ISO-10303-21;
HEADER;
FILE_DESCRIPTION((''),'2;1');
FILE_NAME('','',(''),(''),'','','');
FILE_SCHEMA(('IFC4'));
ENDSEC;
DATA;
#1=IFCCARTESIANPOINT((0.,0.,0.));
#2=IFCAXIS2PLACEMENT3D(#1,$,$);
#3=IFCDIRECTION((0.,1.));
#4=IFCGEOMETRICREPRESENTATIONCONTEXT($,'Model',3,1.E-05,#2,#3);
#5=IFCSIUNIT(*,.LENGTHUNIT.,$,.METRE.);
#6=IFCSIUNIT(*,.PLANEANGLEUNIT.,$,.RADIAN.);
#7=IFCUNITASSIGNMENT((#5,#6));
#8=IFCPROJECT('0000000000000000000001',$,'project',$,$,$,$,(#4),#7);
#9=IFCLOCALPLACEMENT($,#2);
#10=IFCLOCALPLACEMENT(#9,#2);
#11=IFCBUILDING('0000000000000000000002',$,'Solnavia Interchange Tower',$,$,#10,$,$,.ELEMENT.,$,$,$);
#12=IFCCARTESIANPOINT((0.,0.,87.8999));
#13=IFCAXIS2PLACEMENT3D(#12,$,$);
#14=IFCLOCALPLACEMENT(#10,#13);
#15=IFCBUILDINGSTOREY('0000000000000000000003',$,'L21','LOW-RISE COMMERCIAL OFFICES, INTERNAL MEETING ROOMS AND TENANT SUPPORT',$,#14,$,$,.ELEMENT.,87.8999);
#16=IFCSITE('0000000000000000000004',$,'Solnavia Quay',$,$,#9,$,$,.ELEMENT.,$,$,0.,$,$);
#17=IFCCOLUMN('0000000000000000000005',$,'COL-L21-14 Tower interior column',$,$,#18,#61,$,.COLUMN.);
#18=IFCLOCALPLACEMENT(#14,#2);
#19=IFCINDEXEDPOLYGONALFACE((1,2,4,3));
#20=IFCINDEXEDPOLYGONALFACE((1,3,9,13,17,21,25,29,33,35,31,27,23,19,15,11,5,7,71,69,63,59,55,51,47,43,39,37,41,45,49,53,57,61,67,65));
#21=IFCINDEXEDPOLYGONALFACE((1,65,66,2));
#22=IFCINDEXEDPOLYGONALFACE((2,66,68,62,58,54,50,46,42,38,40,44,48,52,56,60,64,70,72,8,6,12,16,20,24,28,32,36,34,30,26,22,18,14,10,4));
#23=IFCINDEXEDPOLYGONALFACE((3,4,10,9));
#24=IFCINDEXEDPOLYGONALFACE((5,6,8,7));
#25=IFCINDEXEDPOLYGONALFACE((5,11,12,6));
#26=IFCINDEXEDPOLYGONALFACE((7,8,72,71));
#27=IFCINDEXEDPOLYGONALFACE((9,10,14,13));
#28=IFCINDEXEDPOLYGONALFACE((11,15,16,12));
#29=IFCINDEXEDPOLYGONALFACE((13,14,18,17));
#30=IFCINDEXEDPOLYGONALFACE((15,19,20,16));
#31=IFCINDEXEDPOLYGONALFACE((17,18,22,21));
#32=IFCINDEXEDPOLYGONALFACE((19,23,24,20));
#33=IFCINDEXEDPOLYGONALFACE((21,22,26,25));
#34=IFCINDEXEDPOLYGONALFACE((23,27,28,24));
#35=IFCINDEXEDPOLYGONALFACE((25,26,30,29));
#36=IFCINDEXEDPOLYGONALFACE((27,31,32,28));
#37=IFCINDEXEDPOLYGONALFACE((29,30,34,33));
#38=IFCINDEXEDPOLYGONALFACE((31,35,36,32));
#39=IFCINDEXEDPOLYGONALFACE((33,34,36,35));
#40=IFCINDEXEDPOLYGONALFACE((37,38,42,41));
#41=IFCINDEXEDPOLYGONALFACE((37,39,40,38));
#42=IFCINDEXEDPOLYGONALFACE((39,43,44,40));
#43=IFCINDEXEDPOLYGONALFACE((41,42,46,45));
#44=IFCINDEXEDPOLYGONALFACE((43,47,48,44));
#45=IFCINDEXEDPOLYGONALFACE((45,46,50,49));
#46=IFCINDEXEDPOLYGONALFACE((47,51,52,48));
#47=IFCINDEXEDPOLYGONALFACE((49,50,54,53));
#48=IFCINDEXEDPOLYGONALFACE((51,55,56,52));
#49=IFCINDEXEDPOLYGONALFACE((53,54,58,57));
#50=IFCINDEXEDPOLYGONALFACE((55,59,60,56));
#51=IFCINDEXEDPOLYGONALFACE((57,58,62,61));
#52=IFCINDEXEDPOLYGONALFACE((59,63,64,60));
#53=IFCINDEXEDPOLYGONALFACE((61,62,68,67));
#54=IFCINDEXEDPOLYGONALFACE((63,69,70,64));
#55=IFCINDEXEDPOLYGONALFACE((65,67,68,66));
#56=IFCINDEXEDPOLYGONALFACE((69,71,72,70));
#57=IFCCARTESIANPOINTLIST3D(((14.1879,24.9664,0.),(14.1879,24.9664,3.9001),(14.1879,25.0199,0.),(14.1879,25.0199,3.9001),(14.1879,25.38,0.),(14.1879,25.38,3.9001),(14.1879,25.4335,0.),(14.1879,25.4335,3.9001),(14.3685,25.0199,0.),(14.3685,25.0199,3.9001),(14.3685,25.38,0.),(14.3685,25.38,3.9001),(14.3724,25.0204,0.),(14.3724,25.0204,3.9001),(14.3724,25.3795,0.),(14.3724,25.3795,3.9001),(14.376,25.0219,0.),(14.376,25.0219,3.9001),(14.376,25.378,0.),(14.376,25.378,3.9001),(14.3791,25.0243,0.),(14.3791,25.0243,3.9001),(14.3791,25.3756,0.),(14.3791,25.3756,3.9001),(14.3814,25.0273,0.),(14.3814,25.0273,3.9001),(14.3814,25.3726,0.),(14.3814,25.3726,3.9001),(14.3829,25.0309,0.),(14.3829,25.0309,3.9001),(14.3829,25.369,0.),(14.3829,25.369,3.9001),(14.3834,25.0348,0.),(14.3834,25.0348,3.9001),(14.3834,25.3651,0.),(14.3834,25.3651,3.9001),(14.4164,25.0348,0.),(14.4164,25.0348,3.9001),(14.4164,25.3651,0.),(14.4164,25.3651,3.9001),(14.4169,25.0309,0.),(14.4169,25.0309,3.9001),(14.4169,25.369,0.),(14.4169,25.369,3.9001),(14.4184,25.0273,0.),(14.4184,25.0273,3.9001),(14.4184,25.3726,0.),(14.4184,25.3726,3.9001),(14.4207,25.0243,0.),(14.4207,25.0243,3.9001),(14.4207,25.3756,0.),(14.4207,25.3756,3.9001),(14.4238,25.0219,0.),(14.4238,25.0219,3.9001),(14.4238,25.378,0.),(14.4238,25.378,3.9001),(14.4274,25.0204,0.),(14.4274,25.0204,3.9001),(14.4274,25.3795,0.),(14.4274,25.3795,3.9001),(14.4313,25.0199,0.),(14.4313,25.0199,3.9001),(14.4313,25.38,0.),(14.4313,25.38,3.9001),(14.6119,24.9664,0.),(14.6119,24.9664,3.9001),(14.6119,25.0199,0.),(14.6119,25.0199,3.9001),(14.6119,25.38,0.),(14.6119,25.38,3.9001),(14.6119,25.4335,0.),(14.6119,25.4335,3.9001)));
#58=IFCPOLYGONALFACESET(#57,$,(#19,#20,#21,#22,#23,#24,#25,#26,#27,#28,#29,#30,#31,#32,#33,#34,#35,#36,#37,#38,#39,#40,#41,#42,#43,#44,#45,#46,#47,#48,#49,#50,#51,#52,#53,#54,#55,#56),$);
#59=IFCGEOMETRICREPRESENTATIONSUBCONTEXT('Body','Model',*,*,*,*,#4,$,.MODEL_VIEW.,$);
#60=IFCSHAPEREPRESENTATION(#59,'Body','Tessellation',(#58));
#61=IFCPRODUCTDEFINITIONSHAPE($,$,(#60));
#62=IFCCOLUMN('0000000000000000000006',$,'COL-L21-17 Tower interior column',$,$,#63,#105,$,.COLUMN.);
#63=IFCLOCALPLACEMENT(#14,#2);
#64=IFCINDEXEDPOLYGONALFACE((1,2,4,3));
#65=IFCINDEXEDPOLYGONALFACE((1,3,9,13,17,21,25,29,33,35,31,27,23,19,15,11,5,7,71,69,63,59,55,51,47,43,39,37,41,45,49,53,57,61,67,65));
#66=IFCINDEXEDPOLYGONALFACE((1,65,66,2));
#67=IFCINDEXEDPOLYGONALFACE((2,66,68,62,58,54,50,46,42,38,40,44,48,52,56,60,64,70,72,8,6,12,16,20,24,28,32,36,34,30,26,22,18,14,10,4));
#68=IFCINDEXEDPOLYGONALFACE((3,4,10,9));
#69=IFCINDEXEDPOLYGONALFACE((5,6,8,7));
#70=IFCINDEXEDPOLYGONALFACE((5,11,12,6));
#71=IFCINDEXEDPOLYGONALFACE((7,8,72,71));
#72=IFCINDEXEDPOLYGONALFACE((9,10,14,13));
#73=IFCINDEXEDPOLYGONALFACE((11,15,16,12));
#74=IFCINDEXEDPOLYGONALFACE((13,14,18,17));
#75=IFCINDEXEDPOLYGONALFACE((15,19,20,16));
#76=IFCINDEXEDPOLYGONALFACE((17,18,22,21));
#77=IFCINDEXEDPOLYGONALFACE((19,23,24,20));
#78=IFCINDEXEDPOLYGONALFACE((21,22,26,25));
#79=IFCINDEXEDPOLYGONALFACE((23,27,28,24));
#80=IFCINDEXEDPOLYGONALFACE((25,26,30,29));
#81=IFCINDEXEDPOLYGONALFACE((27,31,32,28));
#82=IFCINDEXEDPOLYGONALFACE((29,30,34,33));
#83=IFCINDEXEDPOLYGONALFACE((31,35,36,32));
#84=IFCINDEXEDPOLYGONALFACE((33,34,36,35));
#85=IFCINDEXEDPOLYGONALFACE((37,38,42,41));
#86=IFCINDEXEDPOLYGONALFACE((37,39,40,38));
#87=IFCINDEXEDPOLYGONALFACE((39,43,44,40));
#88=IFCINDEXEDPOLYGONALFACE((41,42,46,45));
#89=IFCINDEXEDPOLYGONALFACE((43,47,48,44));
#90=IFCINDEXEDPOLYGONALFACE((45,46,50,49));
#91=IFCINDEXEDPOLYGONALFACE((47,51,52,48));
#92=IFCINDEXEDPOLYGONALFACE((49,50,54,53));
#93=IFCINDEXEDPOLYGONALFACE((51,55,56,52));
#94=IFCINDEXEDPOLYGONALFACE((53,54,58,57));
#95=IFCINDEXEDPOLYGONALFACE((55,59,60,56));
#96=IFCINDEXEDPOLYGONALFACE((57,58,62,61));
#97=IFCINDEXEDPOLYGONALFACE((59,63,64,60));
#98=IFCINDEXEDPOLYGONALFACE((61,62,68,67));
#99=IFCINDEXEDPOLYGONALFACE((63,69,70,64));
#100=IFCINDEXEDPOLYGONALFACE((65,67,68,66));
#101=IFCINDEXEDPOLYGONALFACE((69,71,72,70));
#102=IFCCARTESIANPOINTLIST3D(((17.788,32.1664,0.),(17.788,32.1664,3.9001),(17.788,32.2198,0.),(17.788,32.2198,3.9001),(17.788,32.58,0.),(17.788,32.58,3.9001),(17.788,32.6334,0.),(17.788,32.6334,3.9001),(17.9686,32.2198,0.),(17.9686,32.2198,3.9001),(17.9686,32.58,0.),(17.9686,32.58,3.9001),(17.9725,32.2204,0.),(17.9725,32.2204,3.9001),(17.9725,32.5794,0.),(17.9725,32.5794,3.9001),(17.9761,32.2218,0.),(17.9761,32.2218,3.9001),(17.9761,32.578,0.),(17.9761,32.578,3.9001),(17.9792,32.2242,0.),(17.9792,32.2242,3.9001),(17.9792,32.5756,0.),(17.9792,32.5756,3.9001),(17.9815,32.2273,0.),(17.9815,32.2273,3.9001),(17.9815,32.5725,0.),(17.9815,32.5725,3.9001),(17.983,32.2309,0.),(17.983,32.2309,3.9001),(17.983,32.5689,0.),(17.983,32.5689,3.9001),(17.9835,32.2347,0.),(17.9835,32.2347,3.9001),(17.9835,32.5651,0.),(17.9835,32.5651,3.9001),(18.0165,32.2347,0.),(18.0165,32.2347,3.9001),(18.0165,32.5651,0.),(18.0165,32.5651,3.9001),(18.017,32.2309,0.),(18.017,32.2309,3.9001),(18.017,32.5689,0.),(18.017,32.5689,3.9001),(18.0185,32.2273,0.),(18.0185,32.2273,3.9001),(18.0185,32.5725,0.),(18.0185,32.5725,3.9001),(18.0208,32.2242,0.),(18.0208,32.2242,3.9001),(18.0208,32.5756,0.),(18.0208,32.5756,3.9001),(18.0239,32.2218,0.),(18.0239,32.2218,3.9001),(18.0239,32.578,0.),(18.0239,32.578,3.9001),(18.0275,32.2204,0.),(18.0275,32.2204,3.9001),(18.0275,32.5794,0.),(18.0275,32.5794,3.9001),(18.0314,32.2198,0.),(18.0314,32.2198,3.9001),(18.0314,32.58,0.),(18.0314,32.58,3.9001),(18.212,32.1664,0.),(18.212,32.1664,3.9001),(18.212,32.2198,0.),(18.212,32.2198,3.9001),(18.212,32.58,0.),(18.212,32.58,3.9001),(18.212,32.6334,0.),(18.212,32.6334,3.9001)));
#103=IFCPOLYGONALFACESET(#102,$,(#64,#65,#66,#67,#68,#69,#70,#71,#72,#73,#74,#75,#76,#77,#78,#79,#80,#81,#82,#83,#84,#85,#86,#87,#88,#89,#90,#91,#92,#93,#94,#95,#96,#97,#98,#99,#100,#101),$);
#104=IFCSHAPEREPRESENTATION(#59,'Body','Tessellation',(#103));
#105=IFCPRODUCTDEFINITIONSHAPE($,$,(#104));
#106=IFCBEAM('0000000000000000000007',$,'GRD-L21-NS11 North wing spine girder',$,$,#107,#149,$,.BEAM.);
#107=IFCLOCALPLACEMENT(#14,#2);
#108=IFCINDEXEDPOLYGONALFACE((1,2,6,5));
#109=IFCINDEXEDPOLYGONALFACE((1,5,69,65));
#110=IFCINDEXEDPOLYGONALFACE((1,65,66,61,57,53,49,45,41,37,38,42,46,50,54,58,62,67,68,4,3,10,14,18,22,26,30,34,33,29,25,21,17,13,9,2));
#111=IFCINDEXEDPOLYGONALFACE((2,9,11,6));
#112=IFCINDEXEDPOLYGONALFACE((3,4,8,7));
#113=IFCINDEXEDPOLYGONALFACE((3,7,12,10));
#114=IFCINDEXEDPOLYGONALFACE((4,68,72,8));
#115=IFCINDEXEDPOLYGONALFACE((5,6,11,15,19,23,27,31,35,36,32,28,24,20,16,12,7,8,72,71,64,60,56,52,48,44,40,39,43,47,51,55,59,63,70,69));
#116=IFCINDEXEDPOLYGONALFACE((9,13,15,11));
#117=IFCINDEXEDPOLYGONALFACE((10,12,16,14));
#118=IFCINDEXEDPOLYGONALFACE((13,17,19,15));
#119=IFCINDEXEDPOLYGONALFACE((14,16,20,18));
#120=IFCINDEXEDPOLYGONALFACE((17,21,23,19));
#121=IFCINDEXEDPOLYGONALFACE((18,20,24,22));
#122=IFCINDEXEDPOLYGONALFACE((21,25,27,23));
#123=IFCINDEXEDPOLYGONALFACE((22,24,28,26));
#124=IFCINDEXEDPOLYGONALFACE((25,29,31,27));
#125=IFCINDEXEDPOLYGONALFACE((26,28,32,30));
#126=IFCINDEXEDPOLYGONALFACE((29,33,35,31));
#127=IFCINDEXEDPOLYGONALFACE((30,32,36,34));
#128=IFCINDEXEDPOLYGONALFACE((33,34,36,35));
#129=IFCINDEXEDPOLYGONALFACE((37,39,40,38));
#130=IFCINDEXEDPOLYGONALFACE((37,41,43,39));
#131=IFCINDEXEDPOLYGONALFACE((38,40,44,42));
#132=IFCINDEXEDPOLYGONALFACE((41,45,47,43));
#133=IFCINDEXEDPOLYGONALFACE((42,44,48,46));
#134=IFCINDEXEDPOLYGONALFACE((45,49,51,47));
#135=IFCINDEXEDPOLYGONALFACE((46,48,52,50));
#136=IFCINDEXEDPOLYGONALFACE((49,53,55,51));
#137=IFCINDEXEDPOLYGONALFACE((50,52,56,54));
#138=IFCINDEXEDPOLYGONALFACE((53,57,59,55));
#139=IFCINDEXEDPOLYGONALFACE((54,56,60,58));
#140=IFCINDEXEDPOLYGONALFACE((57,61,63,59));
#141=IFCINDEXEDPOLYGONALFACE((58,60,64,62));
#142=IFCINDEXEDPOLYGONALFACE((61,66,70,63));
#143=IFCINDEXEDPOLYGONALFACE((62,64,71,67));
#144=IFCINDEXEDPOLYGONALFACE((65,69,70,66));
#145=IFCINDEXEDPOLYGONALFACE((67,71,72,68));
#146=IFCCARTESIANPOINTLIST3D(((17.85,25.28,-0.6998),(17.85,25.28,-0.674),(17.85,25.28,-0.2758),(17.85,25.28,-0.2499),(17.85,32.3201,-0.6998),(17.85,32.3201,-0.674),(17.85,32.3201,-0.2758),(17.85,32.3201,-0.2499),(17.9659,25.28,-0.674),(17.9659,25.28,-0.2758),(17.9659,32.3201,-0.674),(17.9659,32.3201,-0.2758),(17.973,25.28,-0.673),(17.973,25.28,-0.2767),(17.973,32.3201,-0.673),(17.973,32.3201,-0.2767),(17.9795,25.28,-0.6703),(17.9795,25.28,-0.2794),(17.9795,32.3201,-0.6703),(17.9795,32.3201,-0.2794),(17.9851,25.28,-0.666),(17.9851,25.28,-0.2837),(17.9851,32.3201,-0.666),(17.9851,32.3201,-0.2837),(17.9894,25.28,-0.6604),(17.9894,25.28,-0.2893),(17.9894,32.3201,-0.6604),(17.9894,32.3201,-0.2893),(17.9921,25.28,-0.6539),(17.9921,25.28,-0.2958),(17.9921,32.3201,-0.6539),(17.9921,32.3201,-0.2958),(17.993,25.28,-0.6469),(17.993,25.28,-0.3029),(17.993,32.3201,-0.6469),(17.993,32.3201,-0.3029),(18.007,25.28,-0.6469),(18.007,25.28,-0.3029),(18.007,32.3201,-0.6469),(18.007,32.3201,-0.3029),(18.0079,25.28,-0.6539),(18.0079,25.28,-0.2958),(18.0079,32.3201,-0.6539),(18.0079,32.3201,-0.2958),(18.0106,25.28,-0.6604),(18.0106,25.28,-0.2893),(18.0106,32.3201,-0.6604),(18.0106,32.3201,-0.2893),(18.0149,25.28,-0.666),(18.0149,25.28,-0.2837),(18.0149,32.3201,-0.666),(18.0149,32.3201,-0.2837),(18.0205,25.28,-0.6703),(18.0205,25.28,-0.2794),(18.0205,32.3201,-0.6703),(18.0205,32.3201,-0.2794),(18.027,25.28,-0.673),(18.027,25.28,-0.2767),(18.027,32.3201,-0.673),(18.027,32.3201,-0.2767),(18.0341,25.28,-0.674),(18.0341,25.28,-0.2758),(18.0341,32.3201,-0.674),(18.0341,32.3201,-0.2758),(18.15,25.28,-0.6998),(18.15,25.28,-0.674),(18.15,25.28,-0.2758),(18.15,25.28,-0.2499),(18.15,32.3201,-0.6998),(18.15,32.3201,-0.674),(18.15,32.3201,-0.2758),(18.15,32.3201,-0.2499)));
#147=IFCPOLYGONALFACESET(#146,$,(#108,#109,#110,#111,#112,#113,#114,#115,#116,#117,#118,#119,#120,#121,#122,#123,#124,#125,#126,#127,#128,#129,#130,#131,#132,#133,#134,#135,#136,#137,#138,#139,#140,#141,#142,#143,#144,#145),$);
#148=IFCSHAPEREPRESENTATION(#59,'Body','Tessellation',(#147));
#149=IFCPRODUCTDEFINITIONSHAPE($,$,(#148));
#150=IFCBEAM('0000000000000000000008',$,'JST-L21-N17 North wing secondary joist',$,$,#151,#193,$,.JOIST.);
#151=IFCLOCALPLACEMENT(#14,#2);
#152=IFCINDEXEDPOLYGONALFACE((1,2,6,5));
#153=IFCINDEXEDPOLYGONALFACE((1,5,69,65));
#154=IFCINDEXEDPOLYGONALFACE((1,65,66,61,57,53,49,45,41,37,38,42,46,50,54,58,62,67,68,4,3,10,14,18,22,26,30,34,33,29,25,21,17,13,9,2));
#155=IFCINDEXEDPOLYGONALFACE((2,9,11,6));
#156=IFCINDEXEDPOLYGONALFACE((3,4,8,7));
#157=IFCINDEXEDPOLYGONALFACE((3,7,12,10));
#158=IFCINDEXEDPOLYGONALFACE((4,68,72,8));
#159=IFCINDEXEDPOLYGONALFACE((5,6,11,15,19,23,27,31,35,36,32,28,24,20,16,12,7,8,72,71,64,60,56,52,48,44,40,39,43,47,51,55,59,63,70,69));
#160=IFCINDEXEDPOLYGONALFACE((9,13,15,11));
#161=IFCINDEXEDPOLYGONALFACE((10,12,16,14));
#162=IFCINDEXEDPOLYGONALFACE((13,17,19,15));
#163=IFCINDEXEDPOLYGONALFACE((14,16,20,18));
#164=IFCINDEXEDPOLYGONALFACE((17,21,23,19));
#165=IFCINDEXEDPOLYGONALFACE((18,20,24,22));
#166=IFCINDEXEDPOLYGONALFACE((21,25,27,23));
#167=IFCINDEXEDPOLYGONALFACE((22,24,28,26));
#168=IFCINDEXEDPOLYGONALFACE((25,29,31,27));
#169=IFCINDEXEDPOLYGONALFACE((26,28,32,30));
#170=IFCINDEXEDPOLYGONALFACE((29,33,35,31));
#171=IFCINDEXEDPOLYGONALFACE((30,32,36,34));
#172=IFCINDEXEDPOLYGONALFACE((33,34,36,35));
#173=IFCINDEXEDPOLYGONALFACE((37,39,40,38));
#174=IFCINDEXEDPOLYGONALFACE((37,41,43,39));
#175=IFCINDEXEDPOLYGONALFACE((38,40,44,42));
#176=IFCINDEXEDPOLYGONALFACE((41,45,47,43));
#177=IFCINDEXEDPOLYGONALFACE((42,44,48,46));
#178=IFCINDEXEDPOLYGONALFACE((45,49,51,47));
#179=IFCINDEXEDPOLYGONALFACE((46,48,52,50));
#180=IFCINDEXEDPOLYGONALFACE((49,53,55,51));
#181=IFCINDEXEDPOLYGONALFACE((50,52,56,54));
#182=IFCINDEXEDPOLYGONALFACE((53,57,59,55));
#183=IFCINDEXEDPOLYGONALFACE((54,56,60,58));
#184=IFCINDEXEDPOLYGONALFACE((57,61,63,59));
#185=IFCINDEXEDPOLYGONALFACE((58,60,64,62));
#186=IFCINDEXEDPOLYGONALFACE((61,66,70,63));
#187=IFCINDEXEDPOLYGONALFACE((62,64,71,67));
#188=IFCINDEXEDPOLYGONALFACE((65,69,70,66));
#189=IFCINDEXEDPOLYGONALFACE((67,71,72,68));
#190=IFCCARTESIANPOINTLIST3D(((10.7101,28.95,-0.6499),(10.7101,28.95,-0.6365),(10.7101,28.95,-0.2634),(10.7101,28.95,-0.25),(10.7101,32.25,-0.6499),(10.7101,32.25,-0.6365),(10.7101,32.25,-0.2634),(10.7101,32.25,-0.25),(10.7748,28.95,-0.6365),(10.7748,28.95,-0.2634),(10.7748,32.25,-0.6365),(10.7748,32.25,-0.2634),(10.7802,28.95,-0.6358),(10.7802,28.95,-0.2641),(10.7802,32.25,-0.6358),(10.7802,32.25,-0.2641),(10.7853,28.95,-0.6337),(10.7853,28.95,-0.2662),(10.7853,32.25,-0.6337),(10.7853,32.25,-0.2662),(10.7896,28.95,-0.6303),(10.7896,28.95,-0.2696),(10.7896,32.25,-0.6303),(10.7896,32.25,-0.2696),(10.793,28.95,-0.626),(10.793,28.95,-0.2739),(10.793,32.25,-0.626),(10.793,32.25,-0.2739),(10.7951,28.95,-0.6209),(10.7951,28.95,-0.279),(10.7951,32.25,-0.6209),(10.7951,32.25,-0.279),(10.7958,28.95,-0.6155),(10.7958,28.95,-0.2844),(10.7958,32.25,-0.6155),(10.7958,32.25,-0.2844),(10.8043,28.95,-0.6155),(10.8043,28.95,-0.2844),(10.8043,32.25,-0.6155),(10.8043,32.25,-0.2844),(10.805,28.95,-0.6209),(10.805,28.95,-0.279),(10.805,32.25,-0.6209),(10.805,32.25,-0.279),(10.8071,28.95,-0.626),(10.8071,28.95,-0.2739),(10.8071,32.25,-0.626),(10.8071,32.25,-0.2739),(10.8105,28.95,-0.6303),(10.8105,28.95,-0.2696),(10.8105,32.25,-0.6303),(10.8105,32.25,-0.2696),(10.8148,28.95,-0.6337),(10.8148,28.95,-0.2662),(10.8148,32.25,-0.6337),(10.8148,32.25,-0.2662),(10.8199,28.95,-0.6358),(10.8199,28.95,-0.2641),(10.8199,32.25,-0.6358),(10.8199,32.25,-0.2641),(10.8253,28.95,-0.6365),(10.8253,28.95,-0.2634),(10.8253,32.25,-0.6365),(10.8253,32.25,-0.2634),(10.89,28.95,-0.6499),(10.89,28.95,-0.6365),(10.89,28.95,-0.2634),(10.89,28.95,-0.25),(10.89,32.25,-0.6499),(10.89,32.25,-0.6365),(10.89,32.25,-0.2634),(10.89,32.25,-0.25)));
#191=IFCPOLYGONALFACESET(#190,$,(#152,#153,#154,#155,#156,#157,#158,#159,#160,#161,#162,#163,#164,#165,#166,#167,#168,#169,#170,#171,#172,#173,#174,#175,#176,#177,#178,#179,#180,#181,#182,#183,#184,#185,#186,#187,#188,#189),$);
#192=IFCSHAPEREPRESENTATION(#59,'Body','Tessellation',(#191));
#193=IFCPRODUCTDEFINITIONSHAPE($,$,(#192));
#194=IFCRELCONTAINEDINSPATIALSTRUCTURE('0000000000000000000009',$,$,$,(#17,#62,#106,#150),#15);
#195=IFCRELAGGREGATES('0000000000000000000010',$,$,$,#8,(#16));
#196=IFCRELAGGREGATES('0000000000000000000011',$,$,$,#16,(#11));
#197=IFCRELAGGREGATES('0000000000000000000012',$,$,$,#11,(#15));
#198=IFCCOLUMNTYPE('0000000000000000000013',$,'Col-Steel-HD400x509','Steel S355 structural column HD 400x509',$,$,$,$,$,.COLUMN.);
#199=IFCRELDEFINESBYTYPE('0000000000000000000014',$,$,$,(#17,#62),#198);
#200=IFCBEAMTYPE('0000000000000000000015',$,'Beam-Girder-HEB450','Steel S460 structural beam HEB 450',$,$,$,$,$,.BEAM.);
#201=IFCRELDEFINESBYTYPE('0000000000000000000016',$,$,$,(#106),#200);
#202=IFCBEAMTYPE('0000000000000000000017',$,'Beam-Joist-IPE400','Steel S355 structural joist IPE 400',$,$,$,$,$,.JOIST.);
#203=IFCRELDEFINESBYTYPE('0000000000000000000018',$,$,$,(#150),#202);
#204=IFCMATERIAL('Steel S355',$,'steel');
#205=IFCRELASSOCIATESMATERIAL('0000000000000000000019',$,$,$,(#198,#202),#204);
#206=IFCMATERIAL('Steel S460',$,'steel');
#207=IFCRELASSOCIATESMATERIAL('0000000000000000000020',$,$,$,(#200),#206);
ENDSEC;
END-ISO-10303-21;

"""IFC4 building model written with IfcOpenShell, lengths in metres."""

from ifc_helpers import new_model, si_unit, direction, frame, origin, origin_2d, place, context, subcontext, project, spatial, i_section, extrude, material, material_profile, profile_set, type_object, element, save


model = new_model("IFC4")

# Units and contexts
model_context = context("Model", 3, precision=1e-05, world=origin(), true_north=direction((0.0, 1.0)))
body_context = subcontext(model_context, "Body", "Model", "MODEL_VIEW")
ifc_project = project(units=[si_unit("LENGTHUNIT", "METRE"), si_unit("PLANEANGLEUNIT", "RADIAN")], contexts=[model_context])

# Site, building, storey
site_placement = place(None, origin())
site = spatial("IfcSite", under=ifc_project, at=site_placement, Name="Solnavia Quay", CompositionType="ELEMENT", RefElevation=0.0)
building_placement = place(site_placement, origin())
building = spatial("IfcBuilding", under=site, at=building_placement, Name="Solnavia Interchange Tower", CompositionType="ELEMENT")
storey_placement = place(building_placement, frame((0.0, 0.0, 87.8999)))
storey = spatial("IfcBuildingStorey", under=building, at=storey_placement, Name="L21", Description="LOW-RISE COMMERCIAL OFFICES, INTERNAL MEETING ROOMS AND TENANT SUPPORT", CompositionType="ELEMENT", Elevation=87.8999)

# Columns
ifc_material_1 = material(Name="Steel S355", Category="steel")
ifc_material_profile_1 = material_profile(ifc_material_1, i_section(OverallWidth=0.4241, OverallDepth=0.467, WebThickness=0.033, FlangeThickness=0.0535, FilletRadius=0.0149, at=origin_2d()), Name="HD 400x509")
ifc_profile_set_1 = profile_set([ifc_material_profile_1], Name="Steel S355")
column_type = type_object("IfcColumnType", Name="Col-Steel-HD400x509", Description="Steel S355 structural column HD 400x509", PredefinedType="COLUMN", material=ifc_profile_set_1)
for number, where, z_axis, x_axis, name in (
    (1, (14.3999, 25.2, 0.0), (0.0, 0.0, 1.0), (1.0, 0.0, 0.0), "COL-L21-14 Tower interior column"),
    (2, (18.0, 32.3999, 0.0), (0.0, 0.0, 1.0), (1.0, 0.0, 0.0), "COL-L21-17 Tower interior column"),
):
    element("IfcColumn", number, at=place(storey_placement, frame(where, z_axis=z_axis, x_axis=x_axis)), inside=storey, type_object=column_type, Name=name, PredefinedType="COLUMN", context=body_context, shape_type="SweptSolid", body=[
        extrude(i_section(OverallWidth=0.4241, OverallDepth=0.467, WebThickness=0.033, FlangeThickness=0.0535, FilletRadius=0.0149, at=origin_2d()), origin(), (0.0, 0.0, 1.0), 3.9001),
    ])

# Beams
ifc_material_2 = material(Name="Steel S460", Category="steel")
ifc_material_profile_2 = material_profile(ifc_material_2, i_section(OverallWidth=0.3, OverallDepth=0.45, WebThickness=0.0139, FlangeThickness=0.0259, FilletRadius=0.0271, at=origin_2d()), Name="HEB 450")
ifc_profile_set_2 = profile_set([ifc_material_profile_2], Name="Steel S460")
beam_type_1 = type_object("IfcBeamType", Name="Beam-Girder-HEB450", Description="Steel S460 structural beam HEB 450", PredefinedType="BEAM", material=ifc_profile_set_2)
beam_placement = place(storey_placement, frame((18.0, 25.28, -0.4749), z_axis=(0.0, 1.0, 0.0), x_axis=(-1.0, 0.0, 0.0)))
element("IfcBeam", 3, at=beam_placement, inside=storey, type_object=beam_type_1, Name="GRD-L21-NS11 North wing spine girder", PredefinedType="BEAM", context=body_context, shape_type="SweptSolid", body=[
    extrude(i_section(OverallWidth=0.3, OverallDepth=0.45, WebThickness=0.0139, FlangeThickness=0.0259, FilletRadius=0.0271, at=origin_2d()), origin(), (0.0, 0.0, 1.0), 7.04),
])
ifc_material_profile_3 = material_profile(ifc_material_1, i_section(OverallWidth=0.1799, OverallDepth=0.3999, WebThickness=0.0085, FlangeThickness=0.0134, FilletRadius=0.021, at=origin_2d()), Name="IPE 400")
ifc_profile_set_3 = profile_set([ifc_material_profile_3], Name="Steel S355")
beam_type_2 = type_object("IfcBeamType", Name="Beam-Joist-IPE400", Description="Steel S355 structural joist IPE 400", PredefinedType="JOIST", material=ifc_profile_set_3)
for number, where, z_axis, x_axis, name in (
    (4, (10.8, 28.95, -0.45), (0.0, 1.0, 0.0), (-1.0, 0.0, 0.0), "JST-L21-N17 North wing secondary joist"),
):
    element("IfcBeam", number, at=place(storey_placement, frame(where, z_axis=z_axis, x_axis=x_axis)), inside=storey, type_object=beam_type_2, Name=name, PredefinedType="JOIST", context=body_context, shape_type="SweptSolid", body=[
        extrude(i_section(OverallWidth=0.1799, OverallDepth=0.3999, WebThickness=0.0085, FlangeThickness=0.0134, FilletRadius=0.021, at=origin_2d()), origin(), (0.0, 0.0, 1.0), 3.3),
    ])

save(model, "model.ifc")
